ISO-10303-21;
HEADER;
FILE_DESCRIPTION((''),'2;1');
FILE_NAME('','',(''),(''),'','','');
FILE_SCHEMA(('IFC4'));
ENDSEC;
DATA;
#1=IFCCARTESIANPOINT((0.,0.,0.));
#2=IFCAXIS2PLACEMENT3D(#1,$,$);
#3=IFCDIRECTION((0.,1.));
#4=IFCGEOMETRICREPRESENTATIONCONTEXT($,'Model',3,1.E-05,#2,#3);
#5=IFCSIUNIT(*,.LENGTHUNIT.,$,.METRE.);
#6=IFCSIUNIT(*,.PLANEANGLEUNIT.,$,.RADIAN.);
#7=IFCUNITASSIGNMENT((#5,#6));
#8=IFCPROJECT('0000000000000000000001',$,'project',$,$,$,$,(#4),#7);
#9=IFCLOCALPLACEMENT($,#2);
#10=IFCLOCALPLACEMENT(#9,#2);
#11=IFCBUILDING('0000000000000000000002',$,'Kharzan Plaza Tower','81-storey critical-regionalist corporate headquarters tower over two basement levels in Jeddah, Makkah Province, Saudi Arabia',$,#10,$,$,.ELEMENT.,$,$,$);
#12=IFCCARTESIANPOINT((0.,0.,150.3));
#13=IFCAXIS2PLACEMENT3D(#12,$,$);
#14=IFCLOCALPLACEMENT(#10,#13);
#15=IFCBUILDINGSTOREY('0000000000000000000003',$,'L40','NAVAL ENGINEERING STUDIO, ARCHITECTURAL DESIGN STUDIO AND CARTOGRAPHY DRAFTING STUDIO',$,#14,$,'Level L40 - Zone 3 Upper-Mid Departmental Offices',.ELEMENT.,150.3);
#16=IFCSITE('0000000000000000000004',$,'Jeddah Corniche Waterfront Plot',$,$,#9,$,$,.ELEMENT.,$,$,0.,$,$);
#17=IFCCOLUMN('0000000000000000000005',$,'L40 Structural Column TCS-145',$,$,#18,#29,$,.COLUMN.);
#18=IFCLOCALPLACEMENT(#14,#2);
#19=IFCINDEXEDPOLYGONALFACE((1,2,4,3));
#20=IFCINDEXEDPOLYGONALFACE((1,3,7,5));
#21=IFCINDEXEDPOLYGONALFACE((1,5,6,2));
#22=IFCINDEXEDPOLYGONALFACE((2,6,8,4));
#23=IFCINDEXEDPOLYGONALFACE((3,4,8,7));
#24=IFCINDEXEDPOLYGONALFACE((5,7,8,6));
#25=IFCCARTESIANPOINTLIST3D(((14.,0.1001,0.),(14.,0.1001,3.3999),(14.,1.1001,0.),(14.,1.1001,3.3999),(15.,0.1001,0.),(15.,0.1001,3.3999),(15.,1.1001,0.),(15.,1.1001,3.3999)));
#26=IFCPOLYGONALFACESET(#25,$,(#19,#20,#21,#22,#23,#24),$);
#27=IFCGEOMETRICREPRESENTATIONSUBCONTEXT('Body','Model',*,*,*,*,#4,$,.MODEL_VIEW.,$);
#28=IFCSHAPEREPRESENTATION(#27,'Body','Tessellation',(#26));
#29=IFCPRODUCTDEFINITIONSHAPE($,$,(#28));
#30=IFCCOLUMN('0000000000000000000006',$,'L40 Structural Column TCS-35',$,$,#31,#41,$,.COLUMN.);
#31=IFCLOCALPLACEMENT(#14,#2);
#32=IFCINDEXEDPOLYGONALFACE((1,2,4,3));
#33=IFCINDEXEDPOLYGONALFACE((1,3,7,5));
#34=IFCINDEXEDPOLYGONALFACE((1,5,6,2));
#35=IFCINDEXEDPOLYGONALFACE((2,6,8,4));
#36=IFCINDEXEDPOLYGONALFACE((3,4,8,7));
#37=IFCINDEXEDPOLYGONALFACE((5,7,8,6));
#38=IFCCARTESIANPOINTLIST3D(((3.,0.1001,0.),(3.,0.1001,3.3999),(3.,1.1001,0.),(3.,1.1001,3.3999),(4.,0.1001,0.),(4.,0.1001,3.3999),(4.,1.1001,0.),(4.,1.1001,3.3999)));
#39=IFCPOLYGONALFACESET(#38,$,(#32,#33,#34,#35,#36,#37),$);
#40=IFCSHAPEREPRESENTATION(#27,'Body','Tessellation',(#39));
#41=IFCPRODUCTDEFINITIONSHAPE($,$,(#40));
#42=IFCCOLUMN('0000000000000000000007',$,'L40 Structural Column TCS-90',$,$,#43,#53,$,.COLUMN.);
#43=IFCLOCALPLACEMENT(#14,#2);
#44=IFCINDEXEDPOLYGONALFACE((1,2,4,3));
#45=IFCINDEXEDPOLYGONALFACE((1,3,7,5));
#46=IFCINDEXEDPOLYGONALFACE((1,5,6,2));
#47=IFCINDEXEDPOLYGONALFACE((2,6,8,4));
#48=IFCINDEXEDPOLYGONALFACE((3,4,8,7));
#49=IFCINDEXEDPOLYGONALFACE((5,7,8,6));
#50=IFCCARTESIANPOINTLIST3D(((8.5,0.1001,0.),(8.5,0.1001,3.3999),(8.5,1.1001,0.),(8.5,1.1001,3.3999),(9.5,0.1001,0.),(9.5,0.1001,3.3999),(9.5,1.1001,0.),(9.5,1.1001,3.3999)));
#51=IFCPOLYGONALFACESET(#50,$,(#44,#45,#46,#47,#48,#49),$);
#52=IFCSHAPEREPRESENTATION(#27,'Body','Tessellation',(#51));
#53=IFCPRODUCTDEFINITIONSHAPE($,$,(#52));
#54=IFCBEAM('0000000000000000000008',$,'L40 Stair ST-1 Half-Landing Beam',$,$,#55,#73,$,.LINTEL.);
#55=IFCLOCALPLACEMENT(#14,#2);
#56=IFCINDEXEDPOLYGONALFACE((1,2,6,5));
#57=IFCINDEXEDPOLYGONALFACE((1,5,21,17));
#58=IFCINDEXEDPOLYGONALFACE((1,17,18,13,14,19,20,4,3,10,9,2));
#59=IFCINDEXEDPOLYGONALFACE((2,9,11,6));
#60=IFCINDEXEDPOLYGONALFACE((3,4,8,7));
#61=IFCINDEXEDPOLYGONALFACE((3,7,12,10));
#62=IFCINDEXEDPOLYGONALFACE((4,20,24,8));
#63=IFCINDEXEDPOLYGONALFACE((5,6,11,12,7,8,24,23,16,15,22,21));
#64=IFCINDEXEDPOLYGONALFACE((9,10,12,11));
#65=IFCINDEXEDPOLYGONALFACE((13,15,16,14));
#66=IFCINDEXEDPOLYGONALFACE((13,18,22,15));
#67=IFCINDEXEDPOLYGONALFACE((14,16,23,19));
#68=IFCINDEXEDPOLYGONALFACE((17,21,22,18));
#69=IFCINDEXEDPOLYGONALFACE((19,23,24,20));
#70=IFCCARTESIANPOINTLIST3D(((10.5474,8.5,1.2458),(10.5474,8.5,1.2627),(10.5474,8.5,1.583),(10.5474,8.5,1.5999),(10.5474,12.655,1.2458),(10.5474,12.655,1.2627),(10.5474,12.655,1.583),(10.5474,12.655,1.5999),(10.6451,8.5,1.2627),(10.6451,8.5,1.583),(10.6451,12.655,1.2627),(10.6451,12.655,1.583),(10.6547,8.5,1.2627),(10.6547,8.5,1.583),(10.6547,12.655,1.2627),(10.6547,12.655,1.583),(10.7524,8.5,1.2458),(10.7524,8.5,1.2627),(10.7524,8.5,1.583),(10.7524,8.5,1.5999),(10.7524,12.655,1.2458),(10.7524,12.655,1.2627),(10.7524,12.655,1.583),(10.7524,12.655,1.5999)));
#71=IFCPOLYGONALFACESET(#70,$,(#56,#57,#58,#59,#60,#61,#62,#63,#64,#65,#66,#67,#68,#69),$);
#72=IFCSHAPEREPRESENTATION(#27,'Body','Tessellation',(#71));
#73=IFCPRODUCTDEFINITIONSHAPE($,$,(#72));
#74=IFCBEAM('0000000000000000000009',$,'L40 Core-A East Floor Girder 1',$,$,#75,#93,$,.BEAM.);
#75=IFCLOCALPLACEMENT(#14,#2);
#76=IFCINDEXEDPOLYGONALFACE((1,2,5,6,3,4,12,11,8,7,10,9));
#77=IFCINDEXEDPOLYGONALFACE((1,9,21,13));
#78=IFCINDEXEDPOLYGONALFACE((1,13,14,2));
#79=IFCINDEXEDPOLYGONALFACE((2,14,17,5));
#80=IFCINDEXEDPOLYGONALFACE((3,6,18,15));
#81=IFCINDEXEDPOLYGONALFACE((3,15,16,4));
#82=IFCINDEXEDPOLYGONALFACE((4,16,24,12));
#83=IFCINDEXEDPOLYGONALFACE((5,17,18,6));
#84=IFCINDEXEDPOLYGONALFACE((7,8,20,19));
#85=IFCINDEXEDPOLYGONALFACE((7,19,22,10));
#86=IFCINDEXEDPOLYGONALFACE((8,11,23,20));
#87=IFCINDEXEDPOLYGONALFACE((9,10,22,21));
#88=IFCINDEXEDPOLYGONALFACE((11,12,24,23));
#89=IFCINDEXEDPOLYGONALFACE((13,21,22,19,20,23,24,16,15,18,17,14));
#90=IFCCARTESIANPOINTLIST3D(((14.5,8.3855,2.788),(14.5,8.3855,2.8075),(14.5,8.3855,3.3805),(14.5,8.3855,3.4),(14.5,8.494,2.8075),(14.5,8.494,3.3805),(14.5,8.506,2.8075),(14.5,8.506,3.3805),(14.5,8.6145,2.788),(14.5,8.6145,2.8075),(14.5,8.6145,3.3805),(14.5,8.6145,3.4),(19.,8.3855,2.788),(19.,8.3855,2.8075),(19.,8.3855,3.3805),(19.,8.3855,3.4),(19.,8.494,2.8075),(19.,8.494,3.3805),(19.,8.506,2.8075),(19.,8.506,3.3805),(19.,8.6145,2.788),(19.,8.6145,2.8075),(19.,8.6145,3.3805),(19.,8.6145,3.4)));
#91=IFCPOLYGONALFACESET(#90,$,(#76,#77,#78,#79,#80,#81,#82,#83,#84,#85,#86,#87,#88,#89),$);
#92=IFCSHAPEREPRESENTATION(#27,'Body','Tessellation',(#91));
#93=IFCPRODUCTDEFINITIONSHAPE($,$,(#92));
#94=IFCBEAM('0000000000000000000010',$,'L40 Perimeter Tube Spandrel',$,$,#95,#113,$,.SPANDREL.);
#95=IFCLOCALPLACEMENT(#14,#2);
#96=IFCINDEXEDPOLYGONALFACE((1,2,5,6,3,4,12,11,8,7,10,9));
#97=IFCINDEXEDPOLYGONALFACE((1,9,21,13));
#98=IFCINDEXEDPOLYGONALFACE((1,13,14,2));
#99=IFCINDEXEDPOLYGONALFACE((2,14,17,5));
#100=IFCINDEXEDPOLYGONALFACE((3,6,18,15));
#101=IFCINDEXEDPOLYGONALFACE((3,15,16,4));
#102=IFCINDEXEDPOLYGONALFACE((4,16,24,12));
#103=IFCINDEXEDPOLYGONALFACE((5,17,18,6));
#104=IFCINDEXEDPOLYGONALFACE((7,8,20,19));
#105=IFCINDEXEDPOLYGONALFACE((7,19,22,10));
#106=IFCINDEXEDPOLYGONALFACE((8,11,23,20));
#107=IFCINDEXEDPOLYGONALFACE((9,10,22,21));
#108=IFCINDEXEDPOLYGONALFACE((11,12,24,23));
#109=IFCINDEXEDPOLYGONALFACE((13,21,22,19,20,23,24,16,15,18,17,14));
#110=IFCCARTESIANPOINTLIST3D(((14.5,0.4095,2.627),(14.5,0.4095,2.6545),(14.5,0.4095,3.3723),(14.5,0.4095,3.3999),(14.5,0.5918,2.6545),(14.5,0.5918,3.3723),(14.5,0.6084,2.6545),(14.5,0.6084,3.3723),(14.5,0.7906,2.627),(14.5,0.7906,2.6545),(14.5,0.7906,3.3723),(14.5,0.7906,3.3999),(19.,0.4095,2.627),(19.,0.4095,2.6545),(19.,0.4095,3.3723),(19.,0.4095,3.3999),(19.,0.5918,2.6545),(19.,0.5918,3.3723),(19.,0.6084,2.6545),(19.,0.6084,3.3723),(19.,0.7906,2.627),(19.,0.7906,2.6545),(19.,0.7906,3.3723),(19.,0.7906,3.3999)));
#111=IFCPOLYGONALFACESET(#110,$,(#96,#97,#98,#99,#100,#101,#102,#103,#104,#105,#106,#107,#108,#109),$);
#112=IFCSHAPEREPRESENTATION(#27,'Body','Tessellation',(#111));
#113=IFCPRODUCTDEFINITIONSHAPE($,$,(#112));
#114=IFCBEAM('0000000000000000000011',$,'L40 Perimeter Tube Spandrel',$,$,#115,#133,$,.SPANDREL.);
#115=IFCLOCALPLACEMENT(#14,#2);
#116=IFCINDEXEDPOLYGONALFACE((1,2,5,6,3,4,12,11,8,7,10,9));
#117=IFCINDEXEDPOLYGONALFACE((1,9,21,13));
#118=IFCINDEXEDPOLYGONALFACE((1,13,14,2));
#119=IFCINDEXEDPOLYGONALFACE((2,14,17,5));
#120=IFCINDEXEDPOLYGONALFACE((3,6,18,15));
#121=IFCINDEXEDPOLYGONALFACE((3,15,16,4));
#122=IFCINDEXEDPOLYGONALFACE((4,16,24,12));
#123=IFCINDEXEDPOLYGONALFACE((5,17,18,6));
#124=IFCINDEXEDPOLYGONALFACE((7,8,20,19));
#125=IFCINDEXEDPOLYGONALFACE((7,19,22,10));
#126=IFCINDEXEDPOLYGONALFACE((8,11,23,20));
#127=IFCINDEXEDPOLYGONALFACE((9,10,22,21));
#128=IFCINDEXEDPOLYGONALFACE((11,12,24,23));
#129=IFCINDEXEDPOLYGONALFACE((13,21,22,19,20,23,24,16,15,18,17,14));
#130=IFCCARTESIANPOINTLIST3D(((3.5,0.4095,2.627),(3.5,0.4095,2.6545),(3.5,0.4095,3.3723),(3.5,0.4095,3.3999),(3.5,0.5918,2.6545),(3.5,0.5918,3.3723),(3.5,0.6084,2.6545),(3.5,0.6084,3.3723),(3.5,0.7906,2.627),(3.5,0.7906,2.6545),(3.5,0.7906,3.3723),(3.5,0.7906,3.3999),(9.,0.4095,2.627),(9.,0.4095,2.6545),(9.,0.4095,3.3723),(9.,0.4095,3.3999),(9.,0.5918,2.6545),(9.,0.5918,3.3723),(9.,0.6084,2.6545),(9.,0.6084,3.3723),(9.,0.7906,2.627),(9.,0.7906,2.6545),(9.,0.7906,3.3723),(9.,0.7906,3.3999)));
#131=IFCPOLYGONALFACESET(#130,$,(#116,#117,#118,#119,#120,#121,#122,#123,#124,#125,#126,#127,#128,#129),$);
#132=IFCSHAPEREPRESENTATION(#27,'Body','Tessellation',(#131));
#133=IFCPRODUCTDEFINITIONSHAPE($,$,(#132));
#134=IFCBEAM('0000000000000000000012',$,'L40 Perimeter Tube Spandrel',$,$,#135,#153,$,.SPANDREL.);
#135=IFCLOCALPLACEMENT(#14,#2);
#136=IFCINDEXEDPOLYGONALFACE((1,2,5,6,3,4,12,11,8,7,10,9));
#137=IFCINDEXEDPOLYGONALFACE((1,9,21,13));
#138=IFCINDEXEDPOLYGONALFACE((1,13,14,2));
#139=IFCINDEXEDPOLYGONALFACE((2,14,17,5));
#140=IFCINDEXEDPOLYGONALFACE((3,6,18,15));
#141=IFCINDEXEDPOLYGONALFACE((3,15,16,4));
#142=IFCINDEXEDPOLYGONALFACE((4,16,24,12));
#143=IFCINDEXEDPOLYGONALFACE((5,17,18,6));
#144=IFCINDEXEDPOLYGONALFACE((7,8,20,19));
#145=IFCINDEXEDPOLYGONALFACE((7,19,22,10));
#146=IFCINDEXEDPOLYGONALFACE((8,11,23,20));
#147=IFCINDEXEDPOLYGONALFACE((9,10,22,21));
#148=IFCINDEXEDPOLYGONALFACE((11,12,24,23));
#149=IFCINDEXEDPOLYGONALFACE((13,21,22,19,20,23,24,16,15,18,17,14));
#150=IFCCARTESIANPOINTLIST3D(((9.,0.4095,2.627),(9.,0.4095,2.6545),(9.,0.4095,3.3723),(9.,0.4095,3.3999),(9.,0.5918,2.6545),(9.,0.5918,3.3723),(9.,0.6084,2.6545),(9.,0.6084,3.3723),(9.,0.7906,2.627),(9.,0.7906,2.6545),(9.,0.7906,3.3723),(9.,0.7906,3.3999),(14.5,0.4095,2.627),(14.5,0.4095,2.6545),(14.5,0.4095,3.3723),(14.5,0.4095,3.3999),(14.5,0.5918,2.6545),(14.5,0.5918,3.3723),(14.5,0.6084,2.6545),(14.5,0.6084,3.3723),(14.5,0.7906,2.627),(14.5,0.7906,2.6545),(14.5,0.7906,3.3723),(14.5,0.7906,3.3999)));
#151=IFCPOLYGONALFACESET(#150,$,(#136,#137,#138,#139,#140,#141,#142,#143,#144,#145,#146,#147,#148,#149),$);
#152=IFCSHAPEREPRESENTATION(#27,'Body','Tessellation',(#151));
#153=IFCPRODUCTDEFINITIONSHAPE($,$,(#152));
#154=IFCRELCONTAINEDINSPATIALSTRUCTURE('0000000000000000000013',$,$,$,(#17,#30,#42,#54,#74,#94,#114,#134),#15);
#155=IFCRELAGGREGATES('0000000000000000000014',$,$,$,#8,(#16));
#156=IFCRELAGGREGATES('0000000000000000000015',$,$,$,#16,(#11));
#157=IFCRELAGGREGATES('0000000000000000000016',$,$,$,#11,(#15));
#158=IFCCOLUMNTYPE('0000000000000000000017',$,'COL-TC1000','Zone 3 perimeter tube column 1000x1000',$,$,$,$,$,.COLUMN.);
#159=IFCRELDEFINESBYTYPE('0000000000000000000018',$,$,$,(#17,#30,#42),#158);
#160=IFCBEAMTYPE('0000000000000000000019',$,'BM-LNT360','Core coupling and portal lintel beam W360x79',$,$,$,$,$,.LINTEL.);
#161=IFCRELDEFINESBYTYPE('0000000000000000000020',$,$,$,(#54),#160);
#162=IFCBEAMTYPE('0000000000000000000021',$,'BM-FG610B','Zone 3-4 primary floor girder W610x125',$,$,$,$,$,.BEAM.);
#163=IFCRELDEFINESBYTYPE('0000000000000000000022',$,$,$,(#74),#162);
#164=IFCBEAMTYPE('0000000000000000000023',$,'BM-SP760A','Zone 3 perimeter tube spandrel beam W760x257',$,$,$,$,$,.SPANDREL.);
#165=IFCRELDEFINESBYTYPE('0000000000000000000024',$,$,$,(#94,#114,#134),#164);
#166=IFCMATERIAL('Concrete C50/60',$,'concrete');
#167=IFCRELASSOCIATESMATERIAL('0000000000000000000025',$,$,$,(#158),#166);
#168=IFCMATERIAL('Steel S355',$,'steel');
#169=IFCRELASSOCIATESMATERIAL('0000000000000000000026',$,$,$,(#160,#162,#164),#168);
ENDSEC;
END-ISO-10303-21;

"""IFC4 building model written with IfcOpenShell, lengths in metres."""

from ifc_helpers import new_model, si_unit, direction, frame, origin, origin_2d, place, context, subcontext, project, spatial, rectangle, i_section, extrude, source, transform, mapped, material, material_profile, profile_set, type_object, element, save


model = new_model("IFC4")

# Units and contexts
model_context = context("Model", 3, precision=1e-05, world=origin(), true_north=direction((0.0, 1.0)))
body_context = subcontext(model_context, "Body", "Model", "MODEL_VIEW")
ifc_project = project(units=[si_unit("LENGTHUNIT", "METRE"), si_unit("PLANEANGLEUNIT", "RADIAN")], contexts=[model_context])

# Site, building, storey
site_placement = place(None, origin())
site = spatial("IfcSite", under=ifc_project, at=site_placement, Name="Jeddah Corniche Waterfront Plot", CompositionType="ELEMENT", RefElevation=0.0)
building_placement = place(site_placement, origin())
building = spatial("IfcBuilding", under=site, at=building_placement, Name="Kharzan Plaza Tower", Description="81-storey critical-regionalist corporate headquarters tower over two basement levels in Jeddah, Makkah Province, Saudi Arabia", CompositionType="ELEMENT")
storey_placement = place(building_placement, frame((0.0, 0.0, 150.3)))
storey = spatial("IfcBuildingStorey", under=building, at=storey_placement, Name="L40", Description="NAVAL ENGINEERING STUDIO, ARCHITECTURAL DESIGN STUDIO AND CARTOGRAPHY DRAFTING STUDIO", LongName="Level L40 - Zone 3 Upper-Mid Departmental Offices", CompositionType="ELEMENT", Elevation=150.3)

# Columns
ifc_material_1 = material(Name="Concrete C50/60", Category="concrete")
ifc_material_profile_1 = material_profile(ifc_material_1, rectangle(XDim=1.0, YDim=1.0, at=origin_2d()), Name="RC-TC1000x1000")
ifc_profile_set_1 = profile_set([ifc_material_profile_1], Name="Concrete C50/60")
column_type = type_object("IfcColumnType", Name="COL-TC1000", Description="Zone 3 perimeter tube column 1000x1000", PredefinedType="COLUMN", material=ifc_profile_set_1)
shared_shape_1 = source(origin(), body_context, "Body", "SweptSolid", [
    extrude(rectangle(XDim=1.0, YDim=1.0, at=origin_2d()), origin(), (0.0, 0.0, 1.0), 3.3999),
])
for number, where, z_axis, x_axis, name in (
    (1, (14.5, 0.6001, 0.0), (0.0, 0.0, 1.0), (1.0, 0.0, 0.0), "L40 Structural Column TCS-145"),
    (2, (3.5, 0.6001, 0.0), (0.0, 0.0, 1.0), (1.0, 0.0, 0.0), "L40 Structural Column TCS-35"),
    (3, (9.0, 0.6001, 0.0), (0.0, 0.0, 1.0), (1.0, 0.0, 0.0), "L40 Structural Column TCS-90"),
):
    element("IfcColumn", number, at=place(storey_placement, frame(where, z_axis=z_axis, x_axis=x_axis)), inside=storey, type_object=column_type, Name=name, PredefinedType="COLUMN", context=body_context, shape_type="MappedRepresentation", body=[
        mapped(shared_shape_1, transform((0.0, 0.0, 0.0), x_axis=(1.0, 0.0, 0.0), y_axis=(0.0, 1.0, 0.0), z_axis=(0.0, 0.0, 1.0))),
    ])

# Beams
ifc_material_2 = material(Name="Steel S355", Category="steel")
ifc_material_profile_2 = material_profile(ifc_material_2, i_section(OverallWidth=0.2051, OverallDepth=0.354, WebThickness=0.0095, FlangeThickness=0.0168, at=origin_2d()), Name="W360x79")
ifc_profile_set_2 = profile_set([ifc_material_profile_2], Name="Steel S355")
beam_type_1 = type_object("IfcBeamType", Name="BM-LNT360", Description="Core coupling and portal lintel beam W360x79", PredefinedType="LINTEL", material=ifc_profile_set_2)
shared_shape_2 = source(origin(), body_context, "Body", "SweptSolid", [
    extrude(i_section(OverallWidth=0.2051, OverallDepth=0.354, WebThickness=0.0095, FlangeThickness=0.0168, at=origin_2d()), origin(), (0.0, 0.0, 1.0), 4.155),
])
beam_1_placement = place(storey_placement, frame((10.6499, 8.5, 1.4229), z_axis=(0.0, 1.0, 0.0), x_axis=(-1.0, 0.0, 0.0)))
element("IfcBeam", 4, at=beam_1_placement, inside=storey, type_object=beam_type_1, Name="L40 Stair ST-1 Half-Landing Beam", PredefinedType="LINTEL", context=body_context, shape_type="MappedRepresentation", body=[
    mapped(shared_shape_2, transform((0.0, 0.0, 0.0), x_axis=(1.0, 0.0, 0.0), y_axis=(0.0, 1.0, 0.0), z_axis=(0.0, 0.0, 1.0))),
])
ifc_material_profile_3 = material_profile(ifc_material_2, i_section(OverallWidth=0.229, OverallDepth=0.6121, WebThickness=0.012, FlangeThickness=0.0195, at=origin_2d()), Name="W610x125")
ifc_profile_set_3 = profile_set([ifc_material_profile_3], Name="Steel S355")
beam_type_2 = type_object("IfcBeamType", Name="BM-FG610B", Description="Zone 3-4 primary floor girder W610x125", PredefinedType="BEAM", material=ifc_profile_set_3)
shared_shape_3 = source(origin(), body_context, "Body", "SweptSolid", [
    extrude(i_section(OverallWidth=0.229, OverallDepth=0.6121, WebThickness=0.012, FlangeThickness=0.0195, at=origin_2d()), origin(), (0.0, 0.0, 1.0), 4.5),
])
beam_2_placement = place(storey_placement, frame((14.5, 8.5, 3.094), z_axis=(1.0, 0.0, 0.0), x_axis=(0.0, 1.0, 0.0)))
element("IfcBeam", 5, at=beam_2_placement, inside=storey, type_object=beam_type_2, Name="L40 Core-A East Floor Girder 1", PredefinedType="BEAM", context=body_context, shape_type="MappedRepresentation", body=[
    mapped(shared_shape_3, transform((0.0, 0.0, 0.0), x_axis=(1.0, 0.0, 0.0), y_axis=(0.0, 1.0, 0.0), z_axis=(0.0, 0.0, 1.0))),
])
ifc_material_profile_4 = material_profile(ifc_material_2, i_section(OverallWidth=0.3811, OverallDepth=0.7729, WebThickness=0.0166, FlangeThickness=0.0276, at=origin_2d()), Name="W760x257")
ifc_profile_set_4 = profile_set([ifc_material_profile_4], Name="Steel S355")
beam_type_3 = type_object("IfcBeamType", Name="BM-SP760A", Description="Zone 3 perimeter tube spandrel beam W760x257", PredefinedType="SPANDREL", material=ifc_profile_set_4)
shared_shape_4 = source(origin(), body_context, "Body", "SweptSolid", [
    extrude(i_section(OverallWidth=0.3811, OverallDepth=0.7729, WebThickness=0.0166, FlangeThickness=0.0276, at=origin_2d()), origin(), (0.0, 0.0, 1.0), 4.5),
])
beam_3_placement = place(storey_placement, frame((14.5, 0.6001, 3.0134), z_axis=(1.0, 0.0, 0.0), x_axis=(0.0, 1.0, 0.0)))
element("IfcBeam", 6, at=beam_3_placement, inside=storey, type_object=beam_type_3, Name="L40 Perimeter Tube Spandrel", PredefinedType="SPANDREL", context=body_context, shape_type="MappedRepresentation", body=[
    mapped(shared_shape_4, transform((0.0, 0.0, 0.0), x_axis=(1.0, 0.0, 0.0), y_axis=(0.0, 1.0, 0.0), z_axis=(0.0, 0.0, 1.0))),
])
shared_shape_5 = source(origin(), body_context, "Body", "SweptSolid", [
    extrude(i_section(OverallWidth=0.3811, OverallDepth=0.7729, WebThickness=0.0166, FlangeThickness=0.0276, at=origin_2d()), origin(), (0.0, 0.0, 1.0), 5.5),
])
for number, where, z_axis, x_axis, name in (
    (7, (3.5, 0.6001, 3.0134), (1.0, 0.0, 0.0), (0.0, 1.0, 0.0), "L40 Perimeter Tube Spandrel"),
    (8, (9.0, 0.6001, 3.0134), (1.0, 0.0, 0.0), (0.0, 1.0, 0.0), "L40 Perimeter Tube Spandrel"),
):
    element("IfcBeam", number, at=place(storey_placement, frame(where, z_axis=z_axis, x_axis=x_axis)), inside=storey, type_object=beam_type_3, Name=name, PredefinedType="SPANDREL", context=body_context, shape_type="MappedRepresentation", body=[
        mapped(shared_shape_5, transform((0.0, 0.0, 0.0), x_axis=(1.0, 0.0, 0.0), y_axis=(0.0, 1.0, 0.0), z_axis=(0.0, 0.0, 1.0))),
    ])

save(model, "model.ifc")
